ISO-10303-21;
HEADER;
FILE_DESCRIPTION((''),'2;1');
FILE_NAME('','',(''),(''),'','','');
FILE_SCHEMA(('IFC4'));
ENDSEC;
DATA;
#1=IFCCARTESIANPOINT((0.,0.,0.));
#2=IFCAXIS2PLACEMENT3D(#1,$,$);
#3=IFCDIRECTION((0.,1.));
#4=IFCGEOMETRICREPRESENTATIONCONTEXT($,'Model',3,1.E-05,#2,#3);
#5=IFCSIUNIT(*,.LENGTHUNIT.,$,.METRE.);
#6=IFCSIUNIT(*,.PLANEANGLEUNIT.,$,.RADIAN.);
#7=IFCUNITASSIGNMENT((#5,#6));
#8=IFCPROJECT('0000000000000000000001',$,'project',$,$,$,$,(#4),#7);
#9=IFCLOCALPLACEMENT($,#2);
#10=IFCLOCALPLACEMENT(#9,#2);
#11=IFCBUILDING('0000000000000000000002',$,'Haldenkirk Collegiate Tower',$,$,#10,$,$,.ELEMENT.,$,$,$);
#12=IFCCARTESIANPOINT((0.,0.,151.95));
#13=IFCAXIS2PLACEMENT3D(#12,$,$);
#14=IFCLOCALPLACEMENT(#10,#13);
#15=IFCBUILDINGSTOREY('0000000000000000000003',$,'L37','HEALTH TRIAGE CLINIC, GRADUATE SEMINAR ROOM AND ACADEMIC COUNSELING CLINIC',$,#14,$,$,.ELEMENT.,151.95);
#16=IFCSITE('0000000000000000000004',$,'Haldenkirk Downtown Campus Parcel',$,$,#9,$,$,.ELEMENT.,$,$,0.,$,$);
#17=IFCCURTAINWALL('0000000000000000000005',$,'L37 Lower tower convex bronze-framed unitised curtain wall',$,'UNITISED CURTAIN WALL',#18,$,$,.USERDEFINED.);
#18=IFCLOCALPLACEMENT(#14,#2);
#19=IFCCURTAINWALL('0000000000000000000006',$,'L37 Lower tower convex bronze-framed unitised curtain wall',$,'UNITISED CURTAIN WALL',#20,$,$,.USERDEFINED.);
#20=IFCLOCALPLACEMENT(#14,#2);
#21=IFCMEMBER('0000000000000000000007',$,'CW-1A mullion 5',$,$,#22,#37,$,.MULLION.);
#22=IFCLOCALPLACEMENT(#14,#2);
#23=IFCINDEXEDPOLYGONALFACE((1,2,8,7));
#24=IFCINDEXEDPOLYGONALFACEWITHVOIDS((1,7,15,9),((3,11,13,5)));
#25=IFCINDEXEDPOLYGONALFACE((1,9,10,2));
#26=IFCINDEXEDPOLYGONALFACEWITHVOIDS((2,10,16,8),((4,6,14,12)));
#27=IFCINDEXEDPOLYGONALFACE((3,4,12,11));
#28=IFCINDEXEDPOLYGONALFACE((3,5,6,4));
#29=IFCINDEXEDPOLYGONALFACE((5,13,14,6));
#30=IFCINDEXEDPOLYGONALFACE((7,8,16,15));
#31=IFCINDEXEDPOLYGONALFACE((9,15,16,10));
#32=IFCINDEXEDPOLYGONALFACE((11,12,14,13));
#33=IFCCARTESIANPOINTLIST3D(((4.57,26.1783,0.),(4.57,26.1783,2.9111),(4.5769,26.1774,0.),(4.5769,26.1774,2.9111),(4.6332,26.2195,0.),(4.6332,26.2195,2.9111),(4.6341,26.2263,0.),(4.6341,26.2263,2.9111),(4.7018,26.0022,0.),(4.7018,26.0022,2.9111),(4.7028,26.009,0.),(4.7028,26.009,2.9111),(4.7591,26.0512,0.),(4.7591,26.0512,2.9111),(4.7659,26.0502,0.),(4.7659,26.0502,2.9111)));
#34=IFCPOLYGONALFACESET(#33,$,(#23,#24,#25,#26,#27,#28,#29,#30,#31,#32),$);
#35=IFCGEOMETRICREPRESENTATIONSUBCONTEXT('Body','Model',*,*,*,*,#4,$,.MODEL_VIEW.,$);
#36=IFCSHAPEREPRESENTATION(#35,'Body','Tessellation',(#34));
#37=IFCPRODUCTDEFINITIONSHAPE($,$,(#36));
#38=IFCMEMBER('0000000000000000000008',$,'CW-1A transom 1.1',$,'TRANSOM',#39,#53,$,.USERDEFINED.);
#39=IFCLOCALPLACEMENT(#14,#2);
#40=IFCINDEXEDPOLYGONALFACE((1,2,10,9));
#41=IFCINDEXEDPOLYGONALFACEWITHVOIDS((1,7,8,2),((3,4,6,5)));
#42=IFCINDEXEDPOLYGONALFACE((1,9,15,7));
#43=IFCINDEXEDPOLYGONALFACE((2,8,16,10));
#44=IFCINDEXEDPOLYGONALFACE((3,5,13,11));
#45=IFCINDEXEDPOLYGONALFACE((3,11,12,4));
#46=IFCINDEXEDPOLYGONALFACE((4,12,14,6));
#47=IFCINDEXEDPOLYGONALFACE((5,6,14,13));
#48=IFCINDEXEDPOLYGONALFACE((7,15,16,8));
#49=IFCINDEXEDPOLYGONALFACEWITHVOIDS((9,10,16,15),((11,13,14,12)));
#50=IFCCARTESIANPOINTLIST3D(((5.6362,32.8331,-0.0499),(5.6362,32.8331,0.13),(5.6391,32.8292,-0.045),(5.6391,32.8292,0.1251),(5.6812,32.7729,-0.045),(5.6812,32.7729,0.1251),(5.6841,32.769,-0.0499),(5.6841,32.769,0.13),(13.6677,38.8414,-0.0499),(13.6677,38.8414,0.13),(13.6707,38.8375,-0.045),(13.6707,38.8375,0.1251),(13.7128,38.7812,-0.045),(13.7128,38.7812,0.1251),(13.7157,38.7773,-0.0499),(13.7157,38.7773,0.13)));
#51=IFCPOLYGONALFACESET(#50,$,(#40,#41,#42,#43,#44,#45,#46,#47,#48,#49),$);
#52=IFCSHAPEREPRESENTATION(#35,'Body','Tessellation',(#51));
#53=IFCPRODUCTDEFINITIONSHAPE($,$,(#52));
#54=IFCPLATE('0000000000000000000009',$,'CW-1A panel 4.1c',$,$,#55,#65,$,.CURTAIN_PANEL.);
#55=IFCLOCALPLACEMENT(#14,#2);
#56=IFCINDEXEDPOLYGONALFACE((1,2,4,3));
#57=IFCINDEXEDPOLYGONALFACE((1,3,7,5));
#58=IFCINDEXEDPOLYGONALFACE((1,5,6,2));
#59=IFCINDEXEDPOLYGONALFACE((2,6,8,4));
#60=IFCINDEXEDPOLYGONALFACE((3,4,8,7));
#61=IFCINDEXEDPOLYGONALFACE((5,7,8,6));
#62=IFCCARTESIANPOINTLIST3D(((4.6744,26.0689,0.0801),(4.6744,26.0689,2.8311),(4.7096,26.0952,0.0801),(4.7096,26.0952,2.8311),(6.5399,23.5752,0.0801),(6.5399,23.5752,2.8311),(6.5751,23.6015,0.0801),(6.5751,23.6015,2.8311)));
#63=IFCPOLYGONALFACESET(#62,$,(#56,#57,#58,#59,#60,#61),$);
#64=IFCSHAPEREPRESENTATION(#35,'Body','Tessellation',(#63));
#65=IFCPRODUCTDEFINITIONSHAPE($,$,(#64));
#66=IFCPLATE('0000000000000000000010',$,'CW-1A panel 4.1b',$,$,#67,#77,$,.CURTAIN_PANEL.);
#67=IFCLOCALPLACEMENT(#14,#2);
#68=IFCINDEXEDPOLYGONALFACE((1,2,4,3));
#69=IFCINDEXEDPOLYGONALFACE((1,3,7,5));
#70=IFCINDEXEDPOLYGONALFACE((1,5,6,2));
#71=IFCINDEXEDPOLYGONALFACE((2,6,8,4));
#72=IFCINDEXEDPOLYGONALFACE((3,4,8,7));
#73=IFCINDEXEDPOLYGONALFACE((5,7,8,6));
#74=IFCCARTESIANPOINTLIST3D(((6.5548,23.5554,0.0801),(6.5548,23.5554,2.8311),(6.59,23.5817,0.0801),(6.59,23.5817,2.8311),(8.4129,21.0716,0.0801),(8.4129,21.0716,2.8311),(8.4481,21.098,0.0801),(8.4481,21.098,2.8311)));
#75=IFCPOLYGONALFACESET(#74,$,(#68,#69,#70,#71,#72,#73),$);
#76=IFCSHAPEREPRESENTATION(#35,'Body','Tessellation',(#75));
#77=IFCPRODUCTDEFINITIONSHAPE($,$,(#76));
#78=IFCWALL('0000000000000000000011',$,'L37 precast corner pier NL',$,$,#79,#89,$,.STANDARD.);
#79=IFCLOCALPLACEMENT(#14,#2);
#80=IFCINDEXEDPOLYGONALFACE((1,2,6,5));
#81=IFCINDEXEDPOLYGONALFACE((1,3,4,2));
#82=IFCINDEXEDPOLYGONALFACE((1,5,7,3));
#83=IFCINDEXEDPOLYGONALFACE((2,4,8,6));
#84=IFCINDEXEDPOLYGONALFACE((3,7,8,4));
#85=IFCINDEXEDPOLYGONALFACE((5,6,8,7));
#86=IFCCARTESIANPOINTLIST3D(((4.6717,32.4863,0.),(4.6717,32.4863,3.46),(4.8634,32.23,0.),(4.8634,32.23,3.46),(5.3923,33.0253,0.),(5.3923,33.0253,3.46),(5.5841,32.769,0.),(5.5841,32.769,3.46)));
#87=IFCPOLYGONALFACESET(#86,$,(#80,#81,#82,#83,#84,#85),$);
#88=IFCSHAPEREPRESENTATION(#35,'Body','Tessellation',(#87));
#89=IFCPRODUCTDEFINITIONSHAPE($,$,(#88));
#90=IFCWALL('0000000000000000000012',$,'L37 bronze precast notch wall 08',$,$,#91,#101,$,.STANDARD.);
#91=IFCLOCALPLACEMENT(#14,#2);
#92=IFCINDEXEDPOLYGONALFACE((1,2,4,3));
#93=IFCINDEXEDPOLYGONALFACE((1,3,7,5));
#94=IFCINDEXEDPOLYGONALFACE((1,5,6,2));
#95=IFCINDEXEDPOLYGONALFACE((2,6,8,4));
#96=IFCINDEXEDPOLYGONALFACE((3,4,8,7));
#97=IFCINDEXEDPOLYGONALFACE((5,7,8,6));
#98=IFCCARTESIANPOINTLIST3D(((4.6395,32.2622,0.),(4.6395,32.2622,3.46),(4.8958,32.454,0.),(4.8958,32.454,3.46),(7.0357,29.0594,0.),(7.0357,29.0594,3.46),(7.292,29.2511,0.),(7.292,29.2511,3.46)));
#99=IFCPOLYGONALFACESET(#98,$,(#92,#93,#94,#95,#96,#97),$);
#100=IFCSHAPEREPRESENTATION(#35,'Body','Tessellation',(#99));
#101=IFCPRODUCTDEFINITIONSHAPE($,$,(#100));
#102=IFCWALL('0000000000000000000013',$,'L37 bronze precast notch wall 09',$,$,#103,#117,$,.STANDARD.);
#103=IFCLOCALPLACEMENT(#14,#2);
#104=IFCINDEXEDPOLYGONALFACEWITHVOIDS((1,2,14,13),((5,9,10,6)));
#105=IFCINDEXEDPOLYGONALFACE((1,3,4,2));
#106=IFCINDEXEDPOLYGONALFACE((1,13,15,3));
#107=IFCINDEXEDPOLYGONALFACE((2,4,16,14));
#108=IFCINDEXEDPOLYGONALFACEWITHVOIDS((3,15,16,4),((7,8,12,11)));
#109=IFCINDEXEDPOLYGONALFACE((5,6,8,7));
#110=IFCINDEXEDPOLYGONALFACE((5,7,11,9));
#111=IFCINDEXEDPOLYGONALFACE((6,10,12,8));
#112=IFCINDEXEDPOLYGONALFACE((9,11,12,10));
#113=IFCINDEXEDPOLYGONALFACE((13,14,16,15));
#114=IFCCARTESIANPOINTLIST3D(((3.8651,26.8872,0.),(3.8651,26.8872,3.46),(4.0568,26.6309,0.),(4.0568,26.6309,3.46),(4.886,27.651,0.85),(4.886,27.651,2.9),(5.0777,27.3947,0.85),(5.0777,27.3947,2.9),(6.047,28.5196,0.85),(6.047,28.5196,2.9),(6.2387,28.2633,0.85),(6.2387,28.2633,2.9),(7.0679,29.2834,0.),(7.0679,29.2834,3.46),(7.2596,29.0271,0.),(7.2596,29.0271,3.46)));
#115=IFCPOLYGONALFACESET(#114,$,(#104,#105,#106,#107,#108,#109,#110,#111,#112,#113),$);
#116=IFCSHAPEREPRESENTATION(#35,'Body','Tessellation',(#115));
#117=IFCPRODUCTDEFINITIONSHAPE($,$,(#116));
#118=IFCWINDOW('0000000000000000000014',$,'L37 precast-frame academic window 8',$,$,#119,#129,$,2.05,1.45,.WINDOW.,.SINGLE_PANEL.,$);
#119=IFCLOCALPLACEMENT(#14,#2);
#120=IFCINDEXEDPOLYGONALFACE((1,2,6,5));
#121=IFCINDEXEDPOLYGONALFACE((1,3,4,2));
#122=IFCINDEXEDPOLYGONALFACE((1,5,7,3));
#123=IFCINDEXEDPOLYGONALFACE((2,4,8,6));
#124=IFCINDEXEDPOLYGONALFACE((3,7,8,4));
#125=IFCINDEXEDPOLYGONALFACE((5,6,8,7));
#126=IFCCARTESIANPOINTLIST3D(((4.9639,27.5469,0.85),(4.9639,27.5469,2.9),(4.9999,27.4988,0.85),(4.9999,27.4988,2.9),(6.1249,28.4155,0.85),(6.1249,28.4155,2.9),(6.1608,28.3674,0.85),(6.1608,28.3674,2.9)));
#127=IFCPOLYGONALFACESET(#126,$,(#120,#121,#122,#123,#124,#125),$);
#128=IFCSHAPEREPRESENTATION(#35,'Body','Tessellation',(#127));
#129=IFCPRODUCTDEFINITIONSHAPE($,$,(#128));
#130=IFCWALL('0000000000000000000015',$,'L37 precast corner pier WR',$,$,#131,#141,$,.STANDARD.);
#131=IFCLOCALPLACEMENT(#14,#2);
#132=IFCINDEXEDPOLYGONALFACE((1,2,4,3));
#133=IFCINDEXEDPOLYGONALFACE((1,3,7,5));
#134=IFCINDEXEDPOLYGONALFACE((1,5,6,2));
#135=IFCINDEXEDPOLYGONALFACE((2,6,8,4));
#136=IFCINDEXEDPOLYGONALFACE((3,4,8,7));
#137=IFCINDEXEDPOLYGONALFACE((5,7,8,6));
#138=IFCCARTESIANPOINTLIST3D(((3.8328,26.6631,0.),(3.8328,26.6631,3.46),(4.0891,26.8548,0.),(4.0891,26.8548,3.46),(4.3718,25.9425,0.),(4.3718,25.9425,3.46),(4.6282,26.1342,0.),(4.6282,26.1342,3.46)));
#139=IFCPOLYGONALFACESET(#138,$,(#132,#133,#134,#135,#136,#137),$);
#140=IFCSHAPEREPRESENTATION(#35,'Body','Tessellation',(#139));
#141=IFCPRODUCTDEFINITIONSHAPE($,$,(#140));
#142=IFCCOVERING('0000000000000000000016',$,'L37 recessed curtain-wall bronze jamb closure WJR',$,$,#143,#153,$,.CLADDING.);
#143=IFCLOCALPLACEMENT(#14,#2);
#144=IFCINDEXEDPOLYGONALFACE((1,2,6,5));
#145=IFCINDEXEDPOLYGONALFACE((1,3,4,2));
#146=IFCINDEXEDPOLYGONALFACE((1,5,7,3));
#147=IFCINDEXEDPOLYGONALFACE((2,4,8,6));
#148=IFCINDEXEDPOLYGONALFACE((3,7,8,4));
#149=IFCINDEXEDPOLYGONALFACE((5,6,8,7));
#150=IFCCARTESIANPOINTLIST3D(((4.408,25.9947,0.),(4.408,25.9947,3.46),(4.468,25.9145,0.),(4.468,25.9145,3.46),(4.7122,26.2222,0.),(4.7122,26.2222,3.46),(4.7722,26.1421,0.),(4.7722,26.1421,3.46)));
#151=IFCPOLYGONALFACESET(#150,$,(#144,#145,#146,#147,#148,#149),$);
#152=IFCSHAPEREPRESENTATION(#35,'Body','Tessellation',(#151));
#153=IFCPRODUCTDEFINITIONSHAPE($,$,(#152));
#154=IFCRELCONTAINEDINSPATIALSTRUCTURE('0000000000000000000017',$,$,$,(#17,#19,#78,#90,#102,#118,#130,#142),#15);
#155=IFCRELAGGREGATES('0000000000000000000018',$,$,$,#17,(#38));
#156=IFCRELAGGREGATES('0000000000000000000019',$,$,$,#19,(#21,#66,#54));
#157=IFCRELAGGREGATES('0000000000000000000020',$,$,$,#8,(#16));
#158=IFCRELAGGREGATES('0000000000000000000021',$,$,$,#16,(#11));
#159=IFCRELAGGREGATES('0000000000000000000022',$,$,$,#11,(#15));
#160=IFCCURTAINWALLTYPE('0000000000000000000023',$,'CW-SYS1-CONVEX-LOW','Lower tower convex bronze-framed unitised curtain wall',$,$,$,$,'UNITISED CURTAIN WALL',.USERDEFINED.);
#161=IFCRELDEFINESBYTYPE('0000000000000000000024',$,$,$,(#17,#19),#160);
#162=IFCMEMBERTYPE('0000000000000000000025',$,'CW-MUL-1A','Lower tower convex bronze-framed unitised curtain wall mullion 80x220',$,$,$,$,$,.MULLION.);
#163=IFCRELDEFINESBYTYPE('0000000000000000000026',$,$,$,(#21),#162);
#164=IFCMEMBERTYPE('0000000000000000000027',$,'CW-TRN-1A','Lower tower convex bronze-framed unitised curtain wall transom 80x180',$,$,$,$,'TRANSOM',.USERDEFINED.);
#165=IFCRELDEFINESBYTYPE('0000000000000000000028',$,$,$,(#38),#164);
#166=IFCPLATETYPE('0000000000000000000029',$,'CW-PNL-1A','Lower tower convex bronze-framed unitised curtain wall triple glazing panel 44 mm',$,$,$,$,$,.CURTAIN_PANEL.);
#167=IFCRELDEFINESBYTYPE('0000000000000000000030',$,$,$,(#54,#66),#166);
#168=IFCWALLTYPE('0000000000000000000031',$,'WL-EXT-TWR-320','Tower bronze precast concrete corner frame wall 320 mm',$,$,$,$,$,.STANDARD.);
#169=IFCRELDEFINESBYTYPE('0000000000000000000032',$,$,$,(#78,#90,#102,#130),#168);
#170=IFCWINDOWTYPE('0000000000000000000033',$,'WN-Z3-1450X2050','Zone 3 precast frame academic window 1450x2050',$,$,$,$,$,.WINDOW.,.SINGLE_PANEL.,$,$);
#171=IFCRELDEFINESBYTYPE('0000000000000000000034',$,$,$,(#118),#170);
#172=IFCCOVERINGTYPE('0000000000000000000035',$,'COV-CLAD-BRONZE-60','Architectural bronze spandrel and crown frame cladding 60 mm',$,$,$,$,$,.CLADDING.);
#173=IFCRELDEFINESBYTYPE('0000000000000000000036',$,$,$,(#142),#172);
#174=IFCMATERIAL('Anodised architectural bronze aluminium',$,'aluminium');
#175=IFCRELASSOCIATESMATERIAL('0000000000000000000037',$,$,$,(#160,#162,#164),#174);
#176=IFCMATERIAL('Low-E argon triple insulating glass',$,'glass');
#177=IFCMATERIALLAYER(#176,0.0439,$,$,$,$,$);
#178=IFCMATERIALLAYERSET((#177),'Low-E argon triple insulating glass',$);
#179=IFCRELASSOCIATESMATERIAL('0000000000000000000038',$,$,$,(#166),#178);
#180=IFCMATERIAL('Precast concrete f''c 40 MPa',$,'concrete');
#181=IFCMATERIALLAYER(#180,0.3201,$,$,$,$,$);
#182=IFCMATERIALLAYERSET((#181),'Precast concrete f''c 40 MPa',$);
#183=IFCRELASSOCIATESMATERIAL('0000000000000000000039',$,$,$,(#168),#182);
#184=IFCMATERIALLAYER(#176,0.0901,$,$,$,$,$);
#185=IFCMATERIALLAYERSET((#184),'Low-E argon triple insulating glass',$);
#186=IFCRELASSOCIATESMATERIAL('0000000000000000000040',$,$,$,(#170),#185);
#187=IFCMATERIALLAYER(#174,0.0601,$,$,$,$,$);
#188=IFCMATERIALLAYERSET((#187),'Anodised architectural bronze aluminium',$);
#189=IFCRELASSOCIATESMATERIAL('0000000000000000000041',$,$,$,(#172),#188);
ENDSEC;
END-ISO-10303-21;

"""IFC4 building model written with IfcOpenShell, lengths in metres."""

from ifc_helpers import new_model, si_unit, direction, frame, frame_2d, origin, origin_2d, place, context, subcontext, project, spatial, rectangle, hollow_rectangle, extrude, source, transform, mapped, material, layer, layer_set, material_profile, profile_set, type_object, element, fill, aggregate, save


model = new_model("IFC4")

# Units and contexts
model_context = context("Model", 3, precision=1e-05, world=origin(), true_north=direction((0.0, 1.0)))
body_context = subcontext(model_context, "Body", "Model", "MODEL_VIEW")
ifc_project = project(units=[si_unit("LENGTHUNIT", "METRE"), si_unit("PLANEANGLEUNIT", "RADIAN")], contexts=[model_context])

# Site, building, storey
site_placement = place(None, origin())
site = spatial("IfcSite", under=ifc_project, at=site_placement, Name="Haldenkirk Downtown Campus Parcel", CompositionType="ELEMENT", RefElevation=0.0)
building_placement = place(site_placement, origin())
building = spatial("IfcBuilding", under=site, at=building_placement, Name="Haldenkirk Collegiate Tower", CompositionType="ELEMENT")
storey_placement = place(building_placement, frame((0.0, 0.0, 151.95)))
storey = spatial("IfcBuildingStorey", under=building, at=storey_placement, Name="L37", Description="HEALTH TRIAGE CLINIC, GRADUATE SEMINAR ROOM AND ACADEMIC COUNSELING CLINIC", CompositionType="ELEMENT", Elevation=151.95)

# Curtain walls, member
ifc_material_1 = material(Name="Anodised architectural bronze aluminium", Category="aluminium")
curtain_wall_type = type_object("IfcCurtainWallType", Name="CW-SYS1-CONVEX-LOW", Description="Lower tower convex bronze-framed unitised curtain wall", ElementType="UNITISED CURTAIN WALL", PredefinedType="USERDEFINED", material=ifc_material_1)
curtain_wall_1_placement = place(storey_placement, origin())
curtain_wall_1 = element("IfcCurtainWall", 1, at=curtain_wall_1_placement, inside=storey, type_object=curtain_wall_type, Name="L37 Lower tower convex bronze-framed unitised curtain wall", ObjectType="UNITISED CURTAIN WALL", PredefinedType="USERDEFINED")
ifc_material_profile_1 = material_profile(ifc_material_1, hollow_rectangle(XDim=0.0801, YDim=0.22, WallThickness=0.0049, at=origin_2d()), Name="CW-MUL-1A")
ifc_profile_set_1 = profile_set([ifc_material_profile_1], Name="Anodised architectural bronze aluminium")
member_type_1 = type_object("IfcMemberType", Name="CW-MUL-1A", Description="Lower tower convex bronze-framed unitised curtain wall mullion 80x220", PredefinedType="MULLION", material=ifc_profile_set_1)
curtain_wall_2_placement = place(storey_placement, origin())
curtain_wall_2 = element("IfcCurtainWall", 2, at=curtain_wall_2_placement, inside=storey, type_object=curtain_wall_type, Name="L37 Lower tower convex bronze-framed unitised curtain wall", ObjectType="UNITISED CURTAIN WALL", PredefinedType="USERDEFINED")
member_1_placement = place(storey_placement, frame((4.668, 26.1143, 0.0), z_axis=(0.0, 0.0, 1.0), x_axis=(-0.80073, -0.599025, 0.0)))
member_1 = element("IfcMember", 3, at=member_1_placement, type_object=member_type_1, Name="CW-1A mullion 5", PredefinedType="MULLION", context=body_context, shape_type="SweptSolid", body=[
    extrude(hollow_rectangle(XDim=0.0801, YDim=0.22, WallThickness=0.0049, at=origin_2d()), origin(), (0.0, 0.0, 1.0), 2.9111),
])

# Member
ifc_material_profile_2 = material_profile(ifc_material_1, hollow_rectangle(XDim=0.0801, YDim=0.1799, WallThickness=0.0049, at=origin_2d()), Name="CW-TRN-1A")
ifc_profile_set_2 = profile_set([ifc_material_profile_2], Name="Anodised architectural bronze aluminium")
member_type_2 = type_object("IfcMemberType", Name="CW-TRN-1A", Description="Lower tower convex bronze-framed unitised curtain wall transom 80x180", ElementType="TRANSOM", PredefinedType="USERDEFINED", material=ifc_profile_set_2)
member_2_placement = place(storey_placement, frame((5.6602, 32.801, 0.04), z_axis=(0.800733, 0.599022, 0.0), x_axis=(-0.599022, 0.800733, 0.0)))
member_2 = element("IfcMember", 4, at=member_2_placement, type_object=member_type_2, Name="CW-1A transom 1.1", ObjectType="TRANSOM", PredefinedType="USERDEFINED", context=body_context, shape_type="SweptSolid", body=[
    extrude(hollow_rectangle(XDim=0.0801, YDim=0.1799, WallThickness=0.0049, at=origin_2d()), origin(), (0.0, 0.0, 1.0), 10.0303),
])
aggregate(curtain_wall_1, [member_2])

# Plates
ifc_material_2 = material(Name="Low-E argon triple insulating glass", Category="glass")
ifc_layer_1 = layer(ifc_material_2, 0.0439)
ifc_layer_set_1 = layer_set([ifc_layer_1], Name="Low-E argon triple insulating glass")
plate_type = type_object("IfcPlateType", Name="CW-PNL-1A", Description="Lower tower convex bronze-framed unitised curtain wall triple glazing panel 44 mm", PredefinedType="CURTAIN_PANEL", material=ifc_layer_set_1)
shared_shape_1 = source(origin(), body_context, "Body", "SweptSolid", [
    extrude(rectangle(XDim=3.1143, YDim=0.0439, at=origin_2d()), origin(), (0.0, 0.0, 1.0), 2.751),
])
plate_1_placement = place(storey_placement, frame((5.6248, 24.8352, 0.0801), z_axis=(0.0, 0.0, 1.0), x_axis=(-0.599025, 0.80073, 0.0)))
plate_1 = element("IfcPlate", 5, at=plate_1_placement, type_object=plate_type, Name="CW-1A panel 4.1c", PredefinedType="CURTAIN_PANEL", context=body_context, shape_type="MappedRepresentation", body=[
    mapped(shared_shape_1, transform((0.0, 0.0, 0.0), x_axis=(1.0, 0.0, 0.0), y_axis=(0.0, 1.0, 0.0), z_axis=(0.0, 0.0, 1.0), scale=1.0)),
])
shared_shape_2 = source(origin(), body_context, "Body", "SweptSolid", [
    extrude(rectangle(XDim=3.1018, YDim=0.0439, at=origin_2d()), origin(), (0.0, 0.0, 1.0), 2.751),
])
plate_2_placement = place(storey_placement, frame((7.5015, 22.3267, 0.0801), z_axis=(0.0, 0.0, 1.0), x_axis=(-0.599025, 0.80073, 0.0)))
plate_2 = element("IfcPlate", 6, at=plate_2_placement, type_object=plate_type, Name="CW-1A panel 4.1b", PredefinedType="CURTAIN_PANEL", context=body_context, shape_type="MappedRepresentation", body=[
    mapped(shared_shape_2, transform((0.0, 0.0, 0.0), x_axis=(1.0, 0.0, 0.0), y_axis=(0.0, 1.0, 0.0), z_axis=(0.0, 0.0, 1.0), scale=1.0)),
])
aggregate(curtain_wall_2, [member_1, plate_2, plate_1])

# Walls
ifc_material_3 = material(Name="Precast concrete f'c 40 MPa", Category="concrete")
ifc_layer_2 = layer(ifc_material_3, 0.3201)
ifc_layer_set_2 = layer_set([ifc_layer_2], Name="Precast concrete f'c 40 MPa")
wall_type = type_object("IfcWallType", Name="WL-EXT-TWR-320", Description="Tower bronze precast concrete corner frame wall 320 mm", PredefinedType="STANDARD", material=ifc_layer_set_2)
wall_1_placement = place(storey_placement, frame((4.7676, 32.3582, 0.0), z_axis=(0.0, 0.0, 1.0), x_axis=(0.800781, 0.598958, 0.0)))
element("IfcWall", 7, at=wall_1_placement, inside=storey, type_object=wall_type, Name="L37 precast corner pier NL", PredefinedType="STANDARD", context=body_context, shape_type="SweptSolid", body=[
    extrude(rectangle(XDim=0.8999, YDim=0.3201, at=frame_2d((0.45, 0.0))), origin(), (0.0, 0.0, 1.0), 3.46),
])
wall_2_placement = place(storey_placement, frame((7.1638, 29.1553, 0.0), z_axis=(0.0, 0.0, 1.0), x_axis=(-0.599052, 0.80071, 0.0)))
element("IfcWall", 8, at=wall_2_placement, inside=storey, type_object=wall_type, Name="L37 bronze precast notch wall 08", PredefinedType="STANDARD", context=body_context, shape_type="SweptSolid", body=[
    extrude(rectangle(XDim=4.0, YDim=0.3201, at=frame_2d((2.0, 0.0))), origin(), (0.0, 0.0, 1.0), 3.46),
])

# Wall, opening, window
wall_3_placement = place(storey_placement, frame((3.9609, 26.759, 0.0), z_axis=(0.0, 0.0, 1.0), x_axis=(0.80071, 0.599052, 0.0)))
wall_3 = element("IfcWall", 9, at=wall_3_placement, inside=storey, type_object=wall_type, Name="L37 bronze precast notch wall 09", PredefinedType="STANDARD", context=body_context, shape_type="SweptSolid", body=[
    extrude(rectangle(XDim=4.0, YDim=0.3201, at=frame_2d((2.0, 0.0))), origin(), (0.0, 0.0, 1.0), 3.46),
])
opening_placement = place(wall_3_placement, frame((1.2749, 0.0, 0.8501)))
opening = element("IfcOpeningElement", 10, at=opening_placement, cuts=wall_3, PredefinedType="OPENING", context=body_context, shape_type="SweptSolid", body=[
    extrude(rectangle(XDim=1.45, YDim=2.05, at=frame_2d((0.7251, 1.0249))), frame((0.0, 0.1699, 0.0), z_axis=(0.0, -1.0, 0.0), x_axis=(1.0, 0.0, 0.0)), (0.0, 0.0, 1.0), 0.3401),
])
ifc_layer_3 = layer(ifc_material_2, 0.0901)
ifc_layer_set_3 = layer_set([ifc_layer_3], Name="Low-E argon triple insulating glass")
window_type = type_object("IfcWindowType", Name="WN-Z3-1450X2050", Description="Zone 3 precast frame academic window 1450x2050", PartitioningType="SINGLE_PANEL", PredefinedType="WINDOW", material=ifc_layer_set_3)
window_placement = place(opening_placement, origin())
window = element("IfcWindow", 11, at=window_placement, inside=storey, type_object=window_type, Name="L37 precast-frame academic window 8", OverallHeight=2.05, OverallWidth=1.45, PartitioningType="SINGLE_PANEL", PredefinedType="WINDOW", context=body_context, shape_type="SweptSolid", body=[
    extrude(rectangle(XDim=1.45, YDim=2.05, at=frame_2d((0.7251, 1.0249))), frame((0.0, 0.03, 0.0), z_axis=(0.0, -1.0, 0.0), x_axis=(1.0, 0.0, 0.0)), (0.0, 0.0, 1.0), 0.0601),
])
fill(opening, window)

# Wall
wall_4_placement = place(storey_placement, frame((4.5, 26.0383, 0.0), z_axis=(0.0, 0.0, 1.0), x_axis=(-0.598958, 0.800781, 0.0)))
element("IfcWall", 12, at=wall_4_placement, inside=storey, type_object=wall_type, Name="L37 precast corner pier WR", PredefinedType="STANDARD", context=body_context, shape_type="SweptSolid", body=[
    extrude(rectangle(XDim=0.8999, YDim=0.3201, at=frame_2d((0.45, 0.0))), origin(), (0.0, 0.0, 1.0), 3.46),
])

# Covering
ifc_layer_4 = layer(ifc_material_1, 0.0601)
ifc_layer_set_4 = layer_set([ifc_layer_4], Name="Anodised architectural bronze aluminium")
covering_type = type_object("IfcCoveringType", Name="COV-CLAD-BRONZE-60", Description="Architectural bronze spandrel and crown frame cladding 60 mm", PredefinedType="CLADDING", material=ifc_layer_set_4)
shared_shape_3 = source(origin(), body_context, "Body", "SweptSolid", [
    extrude(rectangle(XDim=0.1001, YDim=0.3799, at=origin_2d()), origin(), (0.0, 0.0, 1.0), 3.46),
])
covering_placement = place(storey_placement, frame((4.5901, 26.0684, 0.0), z_axis=(0.0, 0.0, 1.0), x_axis=(-0.599024, 0.800731, 0.0)))
element("IfcCovering", 13, at=covering_placement, inside=storey, type_object=covering_type, Name="L37 recessed curtain-wall bronze jamb closure WJR", PredefinedType="CLADDING", context=body_context, shape_type="MappedRepresentation", body=[
    mapped(shared_shape_3, transform((0.0, 0.0, 0.0), x_axis=(1.0, 0.0, 0.0), y_axis=(0.0, 1.0, 0.0), z_axis=(0.0, 0.0, 1.0), scale=1.0)),
])

save(model, "model.ifc")
